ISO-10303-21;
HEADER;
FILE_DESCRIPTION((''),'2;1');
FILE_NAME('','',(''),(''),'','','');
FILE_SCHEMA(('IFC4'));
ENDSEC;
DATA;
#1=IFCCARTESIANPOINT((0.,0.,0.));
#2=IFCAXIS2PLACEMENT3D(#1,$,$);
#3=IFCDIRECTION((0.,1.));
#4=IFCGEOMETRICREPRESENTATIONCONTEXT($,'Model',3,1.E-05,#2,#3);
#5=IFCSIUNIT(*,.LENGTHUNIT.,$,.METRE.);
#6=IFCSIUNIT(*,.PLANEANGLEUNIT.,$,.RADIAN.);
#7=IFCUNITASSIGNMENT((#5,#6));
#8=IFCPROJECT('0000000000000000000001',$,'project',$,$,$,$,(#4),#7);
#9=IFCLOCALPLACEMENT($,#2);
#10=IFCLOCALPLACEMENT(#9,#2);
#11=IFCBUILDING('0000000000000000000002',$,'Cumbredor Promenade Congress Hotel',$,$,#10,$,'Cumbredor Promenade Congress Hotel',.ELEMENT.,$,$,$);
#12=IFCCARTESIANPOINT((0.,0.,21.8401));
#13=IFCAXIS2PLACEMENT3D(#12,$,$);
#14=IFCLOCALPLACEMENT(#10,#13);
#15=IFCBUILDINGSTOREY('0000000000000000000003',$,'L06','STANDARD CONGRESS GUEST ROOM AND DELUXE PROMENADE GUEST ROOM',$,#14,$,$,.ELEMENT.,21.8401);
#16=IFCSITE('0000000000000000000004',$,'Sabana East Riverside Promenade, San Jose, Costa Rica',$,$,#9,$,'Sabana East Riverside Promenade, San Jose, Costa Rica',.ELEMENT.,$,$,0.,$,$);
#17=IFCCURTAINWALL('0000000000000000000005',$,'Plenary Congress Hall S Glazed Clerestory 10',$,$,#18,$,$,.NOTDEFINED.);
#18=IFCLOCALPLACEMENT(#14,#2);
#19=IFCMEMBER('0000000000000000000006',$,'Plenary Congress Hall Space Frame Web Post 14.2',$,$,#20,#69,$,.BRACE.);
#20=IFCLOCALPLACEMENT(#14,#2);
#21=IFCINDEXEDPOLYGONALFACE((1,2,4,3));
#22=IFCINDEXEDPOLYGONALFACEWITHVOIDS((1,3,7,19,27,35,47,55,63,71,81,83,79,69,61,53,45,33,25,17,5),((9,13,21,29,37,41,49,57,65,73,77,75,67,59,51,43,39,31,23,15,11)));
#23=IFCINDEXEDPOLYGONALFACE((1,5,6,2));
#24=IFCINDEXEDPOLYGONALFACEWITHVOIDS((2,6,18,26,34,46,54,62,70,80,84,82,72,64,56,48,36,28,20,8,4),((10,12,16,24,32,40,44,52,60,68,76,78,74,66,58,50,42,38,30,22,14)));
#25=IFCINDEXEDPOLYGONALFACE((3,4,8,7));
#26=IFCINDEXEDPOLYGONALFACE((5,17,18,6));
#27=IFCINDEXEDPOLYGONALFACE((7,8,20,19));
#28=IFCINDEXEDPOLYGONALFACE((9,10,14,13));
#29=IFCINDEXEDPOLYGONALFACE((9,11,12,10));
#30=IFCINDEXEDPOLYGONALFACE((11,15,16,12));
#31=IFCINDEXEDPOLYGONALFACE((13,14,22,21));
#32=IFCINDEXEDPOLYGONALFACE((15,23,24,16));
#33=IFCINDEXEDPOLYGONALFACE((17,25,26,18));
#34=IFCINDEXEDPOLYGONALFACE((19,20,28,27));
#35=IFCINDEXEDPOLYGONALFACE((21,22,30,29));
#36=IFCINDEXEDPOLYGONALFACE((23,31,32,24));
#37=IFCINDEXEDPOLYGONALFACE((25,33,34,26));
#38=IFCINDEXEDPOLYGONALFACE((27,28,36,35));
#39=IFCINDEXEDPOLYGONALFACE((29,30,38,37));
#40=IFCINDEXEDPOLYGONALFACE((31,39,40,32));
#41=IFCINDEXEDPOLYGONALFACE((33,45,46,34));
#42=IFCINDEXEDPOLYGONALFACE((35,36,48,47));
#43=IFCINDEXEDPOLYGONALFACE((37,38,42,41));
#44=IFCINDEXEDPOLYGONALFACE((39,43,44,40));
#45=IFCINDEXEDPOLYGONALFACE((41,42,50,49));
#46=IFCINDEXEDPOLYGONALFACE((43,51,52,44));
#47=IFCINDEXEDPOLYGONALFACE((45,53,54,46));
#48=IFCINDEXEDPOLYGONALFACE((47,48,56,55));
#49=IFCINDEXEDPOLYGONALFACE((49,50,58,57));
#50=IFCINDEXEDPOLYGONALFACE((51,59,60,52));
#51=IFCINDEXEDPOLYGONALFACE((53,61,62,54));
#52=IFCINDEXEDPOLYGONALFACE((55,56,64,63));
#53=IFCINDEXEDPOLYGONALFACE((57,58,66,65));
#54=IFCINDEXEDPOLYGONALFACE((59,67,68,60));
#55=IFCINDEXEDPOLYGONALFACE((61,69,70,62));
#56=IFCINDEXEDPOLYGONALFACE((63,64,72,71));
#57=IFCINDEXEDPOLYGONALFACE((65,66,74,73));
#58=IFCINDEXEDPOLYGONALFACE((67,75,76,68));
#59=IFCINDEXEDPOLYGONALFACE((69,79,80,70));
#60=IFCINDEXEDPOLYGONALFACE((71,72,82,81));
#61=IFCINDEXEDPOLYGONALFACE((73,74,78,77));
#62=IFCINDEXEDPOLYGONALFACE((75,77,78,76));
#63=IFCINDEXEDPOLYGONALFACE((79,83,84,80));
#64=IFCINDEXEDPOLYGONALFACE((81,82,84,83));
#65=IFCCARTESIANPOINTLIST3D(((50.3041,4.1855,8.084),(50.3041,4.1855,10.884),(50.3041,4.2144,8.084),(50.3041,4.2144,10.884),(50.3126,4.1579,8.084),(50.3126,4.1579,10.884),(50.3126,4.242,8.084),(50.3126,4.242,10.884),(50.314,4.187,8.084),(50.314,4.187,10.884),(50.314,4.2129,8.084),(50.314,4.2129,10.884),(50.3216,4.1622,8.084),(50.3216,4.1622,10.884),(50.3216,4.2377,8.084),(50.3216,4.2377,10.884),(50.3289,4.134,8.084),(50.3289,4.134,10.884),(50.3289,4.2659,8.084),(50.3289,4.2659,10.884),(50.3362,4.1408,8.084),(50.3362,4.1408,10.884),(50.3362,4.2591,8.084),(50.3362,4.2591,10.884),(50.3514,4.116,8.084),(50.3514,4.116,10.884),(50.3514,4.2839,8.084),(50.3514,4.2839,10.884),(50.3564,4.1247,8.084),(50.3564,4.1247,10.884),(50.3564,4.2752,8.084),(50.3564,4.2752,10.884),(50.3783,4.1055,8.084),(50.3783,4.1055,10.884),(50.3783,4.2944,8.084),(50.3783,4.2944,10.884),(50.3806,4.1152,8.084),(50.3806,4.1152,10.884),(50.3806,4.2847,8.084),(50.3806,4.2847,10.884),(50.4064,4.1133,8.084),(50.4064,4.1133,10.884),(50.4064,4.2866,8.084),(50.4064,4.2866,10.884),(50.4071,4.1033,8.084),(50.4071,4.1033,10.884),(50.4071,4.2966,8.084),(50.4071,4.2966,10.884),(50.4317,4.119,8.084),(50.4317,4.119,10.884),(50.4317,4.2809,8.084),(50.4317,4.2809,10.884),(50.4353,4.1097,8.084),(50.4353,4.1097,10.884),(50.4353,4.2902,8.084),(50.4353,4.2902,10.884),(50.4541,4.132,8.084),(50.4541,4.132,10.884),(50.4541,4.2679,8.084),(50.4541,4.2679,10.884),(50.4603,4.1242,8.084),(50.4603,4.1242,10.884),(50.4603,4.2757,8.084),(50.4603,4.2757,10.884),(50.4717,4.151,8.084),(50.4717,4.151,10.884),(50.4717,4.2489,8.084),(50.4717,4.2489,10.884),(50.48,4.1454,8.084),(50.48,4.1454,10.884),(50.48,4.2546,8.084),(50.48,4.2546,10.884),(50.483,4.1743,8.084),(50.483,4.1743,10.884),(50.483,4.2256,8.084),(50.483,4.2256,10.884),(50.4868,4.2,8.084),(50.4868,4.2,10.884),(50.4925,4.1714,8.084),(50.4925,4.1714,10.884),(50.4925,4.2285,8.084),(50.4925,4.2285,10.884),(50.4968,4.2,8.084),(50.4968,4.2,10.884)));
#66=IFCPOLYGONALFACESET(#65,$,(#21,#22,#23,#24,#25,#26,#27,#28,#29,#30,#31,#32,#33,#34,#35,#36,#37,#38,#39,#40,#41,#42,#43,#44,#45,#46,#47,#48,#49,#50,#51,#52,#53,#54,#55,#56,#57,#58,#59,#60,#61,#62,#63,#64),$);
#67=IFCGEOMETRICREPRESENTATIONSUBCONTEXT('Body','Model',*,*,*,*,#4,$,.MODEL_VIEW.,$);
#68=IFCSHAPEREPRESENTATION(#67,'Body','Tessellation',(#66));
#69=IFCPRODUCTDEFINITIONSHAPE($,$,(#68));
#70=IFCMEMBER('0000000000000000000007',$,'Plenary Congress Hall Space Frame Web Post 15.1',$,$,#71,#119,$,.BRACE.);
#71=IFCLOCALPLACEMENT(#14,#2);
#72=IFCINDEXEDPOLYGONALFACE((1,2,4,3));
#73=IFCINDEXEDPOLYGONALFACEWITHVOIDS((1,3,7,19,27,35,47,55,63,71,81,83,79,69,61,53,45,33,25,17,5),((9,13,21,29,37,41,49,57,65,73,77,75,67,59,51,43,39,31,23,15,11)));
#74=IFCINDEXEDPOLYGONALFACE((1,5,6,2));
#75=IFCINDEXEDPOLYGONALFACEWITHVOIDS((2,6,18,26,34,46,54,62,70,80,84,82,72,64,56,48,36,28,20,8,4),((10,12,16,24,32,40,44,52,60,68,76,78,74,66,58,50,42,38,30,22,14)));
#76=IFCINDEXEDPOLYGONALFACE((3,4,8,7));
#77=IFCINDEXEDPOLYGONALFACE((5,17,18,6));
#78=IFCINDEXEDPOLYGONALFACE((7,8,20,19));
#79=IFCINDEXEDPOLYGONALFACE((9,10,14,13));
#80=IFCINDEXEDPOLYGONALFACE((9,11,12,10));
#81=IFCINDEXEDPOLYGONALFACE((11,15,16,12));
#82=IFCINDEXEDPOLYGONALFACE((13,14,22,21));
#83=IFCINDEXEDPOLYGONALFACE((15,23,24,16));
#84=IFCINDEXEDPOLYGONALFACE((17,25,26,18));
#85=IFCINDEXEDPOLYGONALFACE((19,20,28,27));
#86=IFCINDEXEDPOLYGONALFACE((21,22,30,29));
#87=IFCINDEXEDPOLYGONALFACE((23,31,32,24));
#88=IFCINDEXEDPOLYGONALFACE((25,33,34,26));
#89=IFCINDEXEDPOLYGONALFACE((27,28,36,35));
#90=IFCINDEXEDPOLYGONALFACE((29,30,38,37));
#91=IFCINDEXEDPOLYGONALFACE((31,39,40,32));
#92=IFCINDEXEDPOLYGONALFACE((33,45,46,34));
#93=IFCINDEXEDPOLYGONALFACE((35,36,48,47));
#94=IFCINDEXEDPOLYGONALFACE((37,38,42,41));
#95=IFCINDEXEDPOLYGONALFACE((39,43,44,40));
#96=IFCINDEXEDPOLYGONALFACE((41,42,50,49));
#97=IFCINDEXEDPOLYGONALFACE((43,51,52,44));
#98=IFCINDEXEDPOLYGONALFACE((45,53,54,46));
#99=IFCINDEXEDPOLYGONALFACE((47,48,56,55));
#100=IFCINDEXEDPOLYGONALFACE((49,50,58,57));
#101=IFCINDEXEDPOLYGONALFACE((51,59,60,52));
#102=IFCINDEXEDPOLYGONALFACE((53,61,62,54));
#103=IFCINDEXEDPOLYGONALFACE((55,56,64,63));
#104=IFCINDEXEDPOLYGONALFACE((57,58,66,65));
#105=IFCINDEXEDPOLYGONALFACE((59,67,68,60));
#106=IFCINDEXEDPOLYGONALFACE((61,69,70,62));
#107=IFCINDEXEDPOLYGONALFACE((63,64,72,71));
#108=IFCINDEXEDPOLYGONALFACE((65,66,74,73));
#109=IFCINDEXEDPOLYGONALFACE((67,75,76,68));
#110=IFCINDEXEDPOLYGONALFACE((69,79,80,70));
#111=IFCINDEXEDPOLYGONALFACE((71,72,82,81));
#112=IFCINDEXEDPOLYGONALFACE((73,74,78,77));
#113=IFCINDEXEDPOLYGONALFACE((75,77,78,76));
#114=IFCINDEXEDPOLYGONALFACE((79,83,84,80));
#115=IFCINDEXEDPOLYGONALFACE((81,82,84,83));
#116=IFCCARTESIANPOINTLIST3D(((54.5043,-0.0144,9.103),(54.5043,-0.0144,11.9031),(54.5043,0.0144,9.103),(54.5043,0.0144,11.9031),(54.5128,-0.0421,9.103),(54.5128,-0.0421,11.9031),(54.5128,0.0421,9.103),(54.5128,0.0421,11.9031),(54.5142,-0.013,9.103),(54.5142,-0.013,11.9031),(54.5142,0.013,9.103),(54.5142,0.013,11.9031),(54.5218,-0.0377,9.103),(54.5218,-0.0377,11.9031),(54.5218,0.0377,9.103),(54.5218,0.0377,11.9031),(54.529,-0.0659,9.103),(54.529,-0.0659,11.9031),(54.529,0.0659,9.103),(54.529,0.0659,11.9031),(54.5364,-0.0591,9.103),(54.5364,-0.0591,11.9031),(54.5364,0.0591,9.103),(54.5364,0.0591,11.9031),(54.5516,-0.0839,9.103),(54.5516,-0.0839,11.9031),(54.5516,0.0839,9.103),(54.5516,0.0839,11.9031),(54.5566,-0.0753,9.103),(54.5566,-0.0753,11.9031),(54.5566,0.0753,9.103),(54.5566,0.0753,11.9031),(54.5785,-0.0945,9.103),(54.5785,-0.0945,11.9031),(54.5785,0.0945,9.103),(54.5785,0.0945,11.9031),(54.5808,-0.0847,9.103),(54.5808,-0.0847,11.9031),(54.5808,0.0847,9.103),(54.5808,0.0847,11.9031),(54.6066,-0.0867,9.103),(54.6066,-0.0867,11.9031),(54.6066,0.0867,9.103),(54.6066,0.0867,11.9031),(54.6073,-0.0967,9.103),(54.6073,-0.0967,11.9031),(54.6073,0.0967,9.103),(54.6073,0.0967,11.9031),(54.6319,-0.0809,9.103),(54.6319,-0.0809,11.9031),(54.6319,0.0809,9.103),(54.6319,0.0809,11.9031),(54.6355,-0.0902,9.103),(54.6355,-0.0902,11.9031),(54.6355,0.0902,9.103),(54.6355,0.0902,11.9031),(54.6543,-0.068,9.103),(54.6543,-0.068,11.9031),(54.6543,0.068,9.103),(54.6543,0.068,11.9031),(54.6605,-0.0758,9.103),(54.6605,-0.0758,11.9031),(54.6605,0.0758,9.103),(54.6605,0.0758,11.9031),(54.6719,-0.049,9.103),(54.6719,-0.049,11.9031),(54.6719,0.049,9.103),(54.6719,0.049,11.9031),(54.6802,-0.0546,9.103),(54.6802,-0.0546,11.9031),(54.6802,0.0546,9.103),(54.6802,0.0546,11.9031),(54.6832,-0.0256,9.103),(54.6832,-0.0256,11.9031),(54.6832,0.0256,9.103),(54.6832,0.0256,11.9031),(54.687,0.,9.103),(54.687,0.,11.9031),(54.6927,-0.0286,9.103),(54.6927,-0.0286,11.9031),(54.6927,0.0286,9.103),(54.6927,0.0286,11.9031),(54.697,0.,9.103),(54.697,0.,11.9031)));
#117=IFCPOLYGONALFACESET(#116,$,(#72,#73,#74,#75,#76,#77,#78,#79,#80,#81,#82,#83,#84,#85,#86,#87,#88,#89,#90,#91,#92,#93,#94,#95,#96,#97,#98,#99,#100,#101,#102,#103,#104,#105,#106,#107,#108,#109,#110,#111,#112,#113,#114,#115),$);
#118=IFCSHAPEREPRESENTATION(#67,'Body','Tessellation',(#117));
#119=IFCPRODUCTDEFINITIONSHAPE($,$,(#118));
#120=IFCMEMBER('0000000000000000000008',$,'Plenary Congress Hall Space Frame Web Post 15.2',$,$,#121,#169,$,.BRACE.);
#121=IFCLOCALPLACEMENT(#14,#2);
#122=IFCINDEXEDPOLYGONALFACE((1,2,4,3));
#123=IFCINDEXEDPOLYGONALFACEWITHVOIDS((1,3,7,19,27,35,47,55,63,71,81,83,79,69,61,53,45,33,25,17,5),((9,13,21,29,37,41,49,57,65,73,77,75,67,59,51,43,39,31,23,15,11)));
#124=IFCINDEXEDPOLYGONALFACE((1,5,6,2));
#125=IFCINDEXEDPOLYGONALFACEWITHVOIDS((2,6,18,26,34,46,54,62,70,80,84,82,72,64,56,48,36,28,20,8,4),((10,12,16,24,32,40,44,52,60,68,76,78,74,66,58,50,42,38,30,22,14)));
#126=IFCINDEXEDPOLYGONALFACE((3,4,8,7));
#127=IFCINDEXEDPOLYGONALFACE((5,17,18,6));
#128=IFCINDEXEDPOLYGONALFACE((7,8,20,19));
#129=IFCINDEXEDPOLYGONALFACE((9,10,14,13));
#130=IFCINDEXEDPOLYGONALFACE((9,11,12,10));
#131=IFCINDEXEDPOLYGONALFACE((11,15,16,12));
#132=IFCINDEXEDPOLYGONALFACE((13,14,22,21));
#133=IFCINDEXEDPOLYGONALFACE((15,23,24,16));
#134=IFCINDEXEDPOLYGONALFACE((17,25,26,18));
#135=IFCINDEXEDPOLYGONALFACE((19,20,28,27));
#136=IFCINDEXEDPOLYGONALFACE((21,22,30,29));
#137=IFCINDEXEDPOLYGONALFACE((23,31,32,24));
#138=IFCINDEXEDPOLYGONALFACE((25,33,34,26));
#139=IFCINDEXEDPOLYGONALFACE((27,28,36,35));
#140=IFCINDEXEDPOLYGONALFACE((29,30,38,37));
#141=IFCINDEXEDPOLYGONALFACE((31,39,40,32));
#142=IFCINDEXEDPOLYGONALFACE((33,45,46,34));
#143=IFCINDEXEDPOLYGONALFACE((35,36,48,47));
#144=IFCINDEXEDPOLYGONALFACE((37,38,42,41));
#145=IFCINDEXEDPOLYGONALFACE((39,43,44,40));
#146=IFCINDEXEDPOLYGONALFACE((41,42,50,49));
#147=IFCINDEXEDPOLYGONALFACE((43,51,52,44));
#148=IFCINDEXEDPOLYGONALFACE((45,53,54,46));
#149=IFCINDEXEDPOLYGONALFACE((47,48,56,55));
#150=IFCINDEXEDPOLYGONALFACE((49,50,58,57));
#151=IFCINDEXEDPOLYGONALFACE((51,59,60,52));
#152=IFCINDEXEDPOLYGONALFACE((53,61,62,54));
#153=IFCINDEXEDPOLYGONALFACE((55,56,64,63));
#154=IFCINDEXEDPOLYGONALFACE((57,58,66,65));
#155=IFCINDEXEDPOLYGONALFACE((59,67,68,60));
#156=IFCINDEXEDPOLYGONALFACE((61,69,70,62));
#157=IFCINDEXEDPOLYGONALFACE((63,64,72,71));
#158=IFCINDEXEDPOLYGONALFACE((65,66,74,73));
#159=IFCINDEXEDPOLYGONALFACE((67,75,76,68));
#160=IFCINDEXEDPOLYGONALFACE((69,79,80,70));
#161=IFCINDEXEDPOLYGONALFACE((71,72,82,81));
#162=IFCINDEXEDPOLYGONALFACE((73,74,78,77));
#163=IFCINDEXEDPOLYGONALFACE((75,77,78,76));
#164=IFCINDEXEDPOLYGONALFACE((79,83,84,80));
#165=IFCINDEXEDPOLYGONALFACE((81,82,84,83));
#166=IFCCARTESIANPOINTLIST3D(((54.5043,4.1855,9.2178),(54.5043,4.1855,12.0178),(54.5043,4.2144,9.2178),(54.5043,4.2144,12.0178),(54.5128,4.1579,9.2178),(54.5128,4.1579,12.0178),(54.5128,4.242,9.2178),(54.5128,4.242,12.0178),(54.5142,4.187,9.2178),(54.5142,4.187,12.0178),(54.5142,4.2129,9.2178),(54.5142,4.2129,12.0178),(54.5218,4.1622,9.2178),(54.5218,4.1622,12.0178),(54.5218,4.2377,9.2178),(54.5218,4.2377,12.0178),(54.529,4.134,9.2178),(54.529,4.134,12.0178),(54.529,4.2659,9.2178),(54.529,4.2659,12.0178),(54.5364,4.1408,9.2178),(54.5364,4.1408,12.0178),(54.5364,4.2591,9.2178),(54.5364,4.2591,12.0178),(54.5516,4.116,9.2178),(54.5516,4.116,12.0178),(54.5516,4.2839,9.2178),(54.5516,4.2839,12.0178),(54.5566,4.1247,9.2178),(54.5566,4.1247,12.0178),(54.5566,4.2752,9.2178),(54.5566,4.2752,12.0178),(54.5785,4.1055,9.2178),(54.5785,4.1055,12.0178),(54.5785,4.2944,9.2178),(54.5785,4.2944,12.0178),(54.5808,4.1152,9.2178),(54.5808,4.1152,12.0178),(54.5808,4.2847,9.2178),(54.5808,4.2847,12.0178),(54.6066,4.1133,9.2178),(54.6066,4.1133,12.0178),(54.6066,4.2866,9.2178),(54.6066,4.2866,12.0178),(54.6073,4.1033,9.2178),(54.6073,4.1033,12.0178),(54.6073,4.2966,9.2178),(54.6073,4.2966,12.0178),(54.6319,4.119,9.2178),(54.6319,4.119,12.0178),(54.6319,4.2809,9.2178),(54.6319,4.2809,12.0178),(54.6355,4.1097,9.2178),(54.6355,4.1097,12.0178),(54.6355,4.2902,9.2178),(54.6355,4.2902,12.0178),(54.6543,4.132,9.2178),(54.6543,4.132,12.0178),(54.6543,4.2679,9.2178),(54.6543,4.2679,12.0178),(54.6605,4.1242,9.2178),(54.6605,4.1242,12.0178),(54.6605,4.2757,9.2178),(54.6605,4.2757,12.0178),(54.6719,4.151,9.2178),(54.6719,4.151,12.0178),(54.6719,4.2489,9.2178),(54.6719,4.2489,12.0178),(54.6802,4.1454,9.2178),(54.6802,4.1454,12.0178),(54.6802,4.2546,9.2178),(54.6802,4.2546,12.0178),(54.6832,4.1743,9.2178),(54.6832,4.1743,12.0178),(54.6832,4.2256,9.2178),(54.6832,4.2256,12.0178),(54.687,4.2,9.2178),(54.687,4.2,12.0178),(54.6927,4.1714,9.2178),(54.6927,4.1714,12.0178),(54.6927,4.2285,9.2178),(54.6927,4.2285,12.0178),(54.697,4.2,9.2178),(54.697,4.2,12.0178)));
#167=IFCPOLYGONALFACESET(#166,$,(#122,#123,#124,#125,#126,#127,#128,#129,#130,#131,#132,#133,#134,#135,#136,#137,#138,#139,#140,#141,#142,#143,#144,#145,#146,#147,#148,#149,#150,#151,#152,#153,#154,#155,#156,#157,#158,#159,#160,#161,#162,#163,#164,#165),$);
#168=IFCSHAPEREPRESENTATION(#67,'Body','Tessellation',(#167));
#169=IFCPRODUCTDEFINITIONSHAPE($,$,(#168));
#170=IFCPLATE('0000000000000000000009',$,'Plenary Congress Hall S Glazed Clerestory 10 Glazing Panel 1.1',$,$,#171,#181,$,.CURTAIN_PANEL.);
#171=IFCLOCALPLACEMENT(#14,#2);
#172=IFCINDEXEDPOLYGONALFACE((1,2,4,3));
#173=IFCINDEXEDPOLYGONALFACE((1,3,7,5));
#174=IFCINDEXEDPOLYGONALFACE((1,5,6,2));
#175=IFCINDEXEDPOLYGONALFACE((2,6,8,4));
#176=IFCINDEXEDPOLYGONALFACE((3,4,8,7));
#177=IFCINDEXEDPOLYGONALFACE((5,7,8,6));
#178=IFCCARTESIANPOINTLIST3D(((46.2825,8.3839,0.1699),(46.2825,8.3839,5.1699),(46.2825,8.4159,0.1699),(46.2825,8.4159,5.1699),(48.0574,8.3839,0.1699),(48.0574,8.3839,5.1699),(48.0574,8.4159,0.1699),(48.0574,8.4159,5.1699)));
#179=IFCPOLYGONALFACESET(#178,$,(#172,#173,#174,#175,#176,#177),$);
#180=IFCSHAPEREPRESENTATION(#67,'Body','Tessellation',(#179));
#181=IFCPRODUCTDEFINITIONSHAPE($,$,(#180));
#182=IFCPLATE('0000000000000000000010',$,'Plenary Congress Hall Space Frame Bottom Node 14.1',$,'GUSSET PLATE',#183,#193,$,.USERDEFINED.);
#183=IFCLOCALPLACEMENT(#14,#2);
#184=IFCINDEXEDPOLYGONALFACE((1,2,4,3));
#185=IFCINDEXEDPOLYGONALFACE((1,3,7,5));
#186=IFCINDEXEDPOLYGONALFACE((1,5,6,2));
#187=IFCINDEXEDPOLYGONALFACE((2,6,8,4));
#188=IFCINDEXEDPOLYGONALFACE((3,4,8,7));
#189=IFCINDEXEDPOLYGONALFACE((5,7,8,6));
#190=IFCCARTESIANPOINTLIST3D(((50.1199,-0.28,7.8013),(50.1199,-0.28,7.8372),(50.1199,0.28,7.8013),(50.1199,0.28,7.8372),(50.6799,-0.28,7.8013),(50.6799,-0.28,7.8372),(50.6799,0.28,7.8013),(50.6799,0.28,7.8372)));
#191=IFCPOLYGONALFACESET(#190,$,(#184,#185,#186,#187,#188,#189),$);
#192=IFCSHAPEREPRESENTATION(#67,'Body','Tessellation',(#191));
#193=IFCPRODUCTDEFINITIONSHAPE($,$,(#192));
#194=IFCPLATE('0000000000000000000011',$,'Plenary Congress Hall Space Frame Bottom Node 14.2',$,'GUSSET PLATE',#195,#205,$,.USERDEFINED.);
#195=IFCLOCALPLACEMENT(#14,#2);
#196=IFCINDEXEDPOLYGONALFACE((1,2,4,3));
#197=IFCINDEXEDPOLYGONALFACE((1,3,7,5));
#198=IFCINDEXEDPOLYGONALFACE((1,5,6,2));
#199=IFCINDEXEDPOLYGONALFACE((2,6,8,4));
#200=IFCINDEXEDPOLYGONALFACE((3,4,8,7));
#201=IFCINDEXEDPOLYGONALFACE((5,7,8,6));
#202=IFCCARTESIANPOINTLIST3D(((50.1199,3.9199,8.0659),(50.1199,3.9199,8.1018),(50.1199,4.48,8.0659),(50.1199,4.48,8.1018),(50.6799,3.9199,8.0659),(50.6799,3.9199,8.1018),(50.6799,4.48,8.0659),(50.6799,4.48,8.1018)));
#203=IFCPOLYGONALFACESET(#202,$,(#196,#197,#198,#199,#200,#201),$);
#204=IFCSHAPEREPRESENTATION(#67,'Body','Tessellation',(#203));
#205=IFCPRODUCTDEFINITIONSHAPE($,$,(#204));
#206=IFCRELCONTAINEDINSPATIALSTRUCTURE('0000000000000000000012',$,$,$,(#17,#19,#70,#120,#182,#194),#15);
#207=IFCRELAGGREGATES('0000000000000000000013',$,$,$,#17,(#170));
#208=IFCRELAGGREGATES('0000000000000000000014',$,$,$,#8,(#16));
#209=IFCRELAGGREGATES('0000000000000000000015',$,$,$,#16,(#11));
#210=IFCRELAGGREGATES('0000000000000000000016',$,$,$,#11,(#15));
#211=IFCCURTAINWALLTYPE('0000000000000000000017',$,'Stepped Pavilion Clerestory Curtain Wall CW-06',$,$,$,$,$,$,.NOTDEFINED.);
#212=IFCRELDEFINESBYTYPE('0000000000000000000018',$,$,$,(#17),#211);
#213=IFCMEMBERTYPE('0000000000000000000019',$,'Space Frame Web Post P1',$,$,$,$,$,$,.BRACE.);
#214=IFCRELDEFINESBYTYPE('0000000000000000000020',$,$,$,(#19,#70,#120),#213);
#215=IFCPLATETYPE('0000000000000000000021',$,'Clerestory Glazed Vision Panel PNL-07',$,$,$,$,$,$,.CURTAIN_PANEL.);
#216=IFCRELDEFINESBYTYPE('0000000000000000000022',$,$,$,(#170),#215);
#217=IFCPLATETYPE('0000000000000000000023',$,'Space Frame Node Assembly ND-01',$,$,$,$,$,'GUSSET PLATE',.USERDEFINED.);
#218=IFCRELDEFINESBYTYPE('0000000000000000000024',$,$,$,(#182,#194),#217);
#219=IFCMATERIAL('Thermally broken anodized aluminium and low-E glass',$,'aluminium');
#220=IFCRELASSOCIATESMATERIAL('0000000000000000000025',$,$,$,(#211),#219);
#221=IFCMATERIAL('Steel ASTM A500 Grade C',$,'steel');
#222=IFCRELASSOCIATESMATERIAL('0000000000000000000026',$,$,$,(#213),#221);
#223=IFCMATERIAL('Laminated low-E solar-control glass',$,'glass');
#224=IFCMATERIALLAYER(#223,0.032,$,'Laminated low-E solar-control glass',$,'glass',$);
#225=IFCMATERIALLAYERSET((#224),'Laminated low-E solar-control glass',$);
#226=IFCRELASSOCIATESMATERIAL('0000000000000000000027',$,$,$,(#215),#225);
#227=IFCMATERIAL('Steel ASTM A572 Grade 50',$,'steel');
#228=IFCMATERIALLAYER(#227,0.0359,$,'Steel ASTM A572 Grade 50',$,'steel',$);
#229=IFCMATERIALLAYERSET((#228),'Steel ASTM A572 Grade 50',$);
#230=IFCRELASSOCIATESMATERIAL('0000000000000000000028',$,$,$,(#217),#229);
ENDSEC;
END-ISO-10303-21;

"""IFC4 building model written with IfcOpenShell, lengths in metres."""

from ifc_helpers import new_model, si_unit, direction, frame, origin, origin_2d, place, context, subcontext, project, spatial, rectangle, hollow_circle, extrude, material, layer, layer_set, material_profile, profile_set, type_object, element, aggregate, save


model = new_model("IFC4")

# Units and contexts
model_context = context("Model", 3, precision=1e-05, world=origin(), true_north=direction((0.0, 1.0)))
body_context = subcontext(model_context, "Body", "Model", "MODEL_VIEW")
ifc_project = project(units=[si_unit("LENGTHUNIT", "METRE"), si_unit("PLANEANGLEUNIT", "RADIAN")], contexts=[model_context])

# Site, building, storey
site_placement = place(None, origin())
site = spatial("IfcSite", under=ifc_project, at=site_placement, Name="Sabana East Riverside Promenade, San Jose, Costa Rica", LongName="Sabana East Riverside Promenade, San Jose, Costa Rica", CompositionType="ELEMENT", RefElevation=0.0)
building_placement = place(site_placement, origin())
building = spatial("IfcBuilding", under=site, at=building_placement, Name="Cumbredor Promenade Congress Hotel", LongName="Cumbredor Promenade Congress Hotel", CompositionType="ELEMENT")
storey_placement = place(building_placement, frame((0.0, 0.0, 21.8401)))
storey = spatial("IfcBuildingStorey", under=building, at=storey_placement, Name="L06", Description="STANDARD CONGRESS GUEST ROOM AND DELUXE PROMENADE GUEST ROOM", CompositionType="ELEMENT", Elevation=21.8401)

# Curtain wall
ifc_material_1 = material(Name="Thermally broken anodized aluminium and low-E glass", Category="aluminium")
curtain_wall_type = type_object("IfcCurtainWallType", Name="Stepped Pavilion Clerestory Curtain Wall CW-06", PredefinedType="NOTDEFINED", material=ifc_material_1)
curtain_wall_1_placement = place(storey_placement, origin())
curtain_wall_1 = element("IfcCurtainWall", 1, at=curtain_wall_1_placement, inside=storey, type_object=curtain_wall_type, Name="Plenary Congress Hall S Glazed Clerestory 10", PredefinedType="NOTDEFINED")

# Members
ifc_material_2 = material(Name="Steel ASTM A500 Grade C", Category="steel")
ifc_material_profile_1 = material_profile(ifc_material_2, hollow_circle(Radius=0.0969, WallThickness=0.01, at=origin_2d()), Name="CHS 193.7x10")
ifc_profile_set_1 = profile_set([ifc_material_profile_1], Name="Steel ASTM A500 Grade C")
member_type_1 = type_object("IfcMemberType", Name="Space Frame Web Post P1", PredefinedType="BRACE", material=ifc_profile_set_1)
for number, where, z_axis, x_axis, name in (
    (2, (50.3999, 4.2, 8.084), (0.0, 0.0, 1.0), (1.0, 0.0, 0.0), "Plenary Congress Hall Space Frame Web Post 14.2"),
    (3, (54.6001, 0.0, 9.103), (0.0, 0.0, 1.0), (1.0, 0.0, 0.0), "Plenary Congress Hall Space Frame Web Post 15.1"),
    (4, (54.6001, 4.2, 9.2178), (0.0, 0.0, 1.0), (1.0, 0.0, 0.0), "Plenary Congress Hall Space Frame Web Post 15.2"),
):
    element("IfcMember", number, at=place(storey_placement, frame(where, z_axis=z_axis, x_axis=x_axis)), inside=storey, type_object=member_type_1, Name=name, PredefinedType="BRACE", context=body_context, shape_type="SweptSolid", body=[
        extrude(hollow_circle(Radius=0.0969, WallThickness=0.01, at=origin_2d()), origin(), (0.0, 0.0, 1.0), 2.8),
    ])

# Plate
ifc_material_3 = material(Name="Laminated low-E solar-control glass", Category="glass")
ifc_layer_1 = layer(ifc_material_3, 0.032, Name="Laminated low-E solar-control glass", Category="glass")
ifc_layer_set_1 = layer_set([ifc_layer_1], Name="Laminated low-E solar-control glass")
plate_type_1 = type_object("IfcPlateType", Name="Clerestory Glazed Vision Panel PNL-07", PredefinedType="CURTAIN_PANEL", material=ifc_layer_set_1)
plate_placement = place(storey_placement, frame((47.1699, 8.3999, 0.1699), z_axis=(0.0, 0.0, 1.0), x_axis=(1.0, 0.0, 0.0)))
plate = element("IfcPlate", 5, at=plate_placement, type_object=plate_type_1, Name="Plenary Congress Hall S Glazed Clerestory 10 Glazing Panel 1.1", PredefinedType="CURTAIN_PANEL", context=body_context, shape_type="SweptSolid", body=[
    extrude(rectangle(XDim=1.7749, YDim=0.032, at=origin_2d()), origin(), (0.0, 0.0, 1.0), 5.0),
])
aggregate(curtain_wall_1, [plate])

# Plates
ifc_material_4 = material(Name="Steel ASTM A572 Grade 50", Category="steel")
ifc_layer_2 = layer(ifc_material_4, 0.0359, Name="Steel ASTM A572 Grade 50", Category="steel")
ifc_layer_set_2 = layer_set([ifc_layer_2], Name="Steel ASTM A572 Grade 50")
plate_type_2 = type_object("IfcPlateType", Name="Space Frame Node Assembly ND-01", ElementType="GUSSET PLATE", PredefinedType="USERDEFINED", material=ifc_layer_set_2)
for number, where, z_axis, x_axis, name in (
    (6, (50.3999, 0.0, 7.8013), (0.0, 0.0, 1.0), (1.0, 0.0, 0.0), "Plenary Congress Hall Space Frame Bottom Node 14.1"),
    (7, (50.3999, 4.2, 8.0659), (0.0, 0.0, 1.0), (1.0, 0.0, 0.0), "Plenary Congress Hall Space Frame Bottom Node 14.2"),
):
    element("IfcPlate", number, at=place(storey_placement, frame(where, z_axis=z_axis, x_axis=x_axis)), inside=storey, type_object=plate_type_2, Name=name, ObjectType="GUSSET PLATE", PredefinedType="USERDEFINED", context=body_context, shape_type="SweptSolid", body=[
        extrude(rectangle(XDim=0.5601, YDim=0.5601, at=origin_2d()), origin(), (0.0, 0.0, 1.0), 0.0359),
    ])

save(model, "model.ifc")
